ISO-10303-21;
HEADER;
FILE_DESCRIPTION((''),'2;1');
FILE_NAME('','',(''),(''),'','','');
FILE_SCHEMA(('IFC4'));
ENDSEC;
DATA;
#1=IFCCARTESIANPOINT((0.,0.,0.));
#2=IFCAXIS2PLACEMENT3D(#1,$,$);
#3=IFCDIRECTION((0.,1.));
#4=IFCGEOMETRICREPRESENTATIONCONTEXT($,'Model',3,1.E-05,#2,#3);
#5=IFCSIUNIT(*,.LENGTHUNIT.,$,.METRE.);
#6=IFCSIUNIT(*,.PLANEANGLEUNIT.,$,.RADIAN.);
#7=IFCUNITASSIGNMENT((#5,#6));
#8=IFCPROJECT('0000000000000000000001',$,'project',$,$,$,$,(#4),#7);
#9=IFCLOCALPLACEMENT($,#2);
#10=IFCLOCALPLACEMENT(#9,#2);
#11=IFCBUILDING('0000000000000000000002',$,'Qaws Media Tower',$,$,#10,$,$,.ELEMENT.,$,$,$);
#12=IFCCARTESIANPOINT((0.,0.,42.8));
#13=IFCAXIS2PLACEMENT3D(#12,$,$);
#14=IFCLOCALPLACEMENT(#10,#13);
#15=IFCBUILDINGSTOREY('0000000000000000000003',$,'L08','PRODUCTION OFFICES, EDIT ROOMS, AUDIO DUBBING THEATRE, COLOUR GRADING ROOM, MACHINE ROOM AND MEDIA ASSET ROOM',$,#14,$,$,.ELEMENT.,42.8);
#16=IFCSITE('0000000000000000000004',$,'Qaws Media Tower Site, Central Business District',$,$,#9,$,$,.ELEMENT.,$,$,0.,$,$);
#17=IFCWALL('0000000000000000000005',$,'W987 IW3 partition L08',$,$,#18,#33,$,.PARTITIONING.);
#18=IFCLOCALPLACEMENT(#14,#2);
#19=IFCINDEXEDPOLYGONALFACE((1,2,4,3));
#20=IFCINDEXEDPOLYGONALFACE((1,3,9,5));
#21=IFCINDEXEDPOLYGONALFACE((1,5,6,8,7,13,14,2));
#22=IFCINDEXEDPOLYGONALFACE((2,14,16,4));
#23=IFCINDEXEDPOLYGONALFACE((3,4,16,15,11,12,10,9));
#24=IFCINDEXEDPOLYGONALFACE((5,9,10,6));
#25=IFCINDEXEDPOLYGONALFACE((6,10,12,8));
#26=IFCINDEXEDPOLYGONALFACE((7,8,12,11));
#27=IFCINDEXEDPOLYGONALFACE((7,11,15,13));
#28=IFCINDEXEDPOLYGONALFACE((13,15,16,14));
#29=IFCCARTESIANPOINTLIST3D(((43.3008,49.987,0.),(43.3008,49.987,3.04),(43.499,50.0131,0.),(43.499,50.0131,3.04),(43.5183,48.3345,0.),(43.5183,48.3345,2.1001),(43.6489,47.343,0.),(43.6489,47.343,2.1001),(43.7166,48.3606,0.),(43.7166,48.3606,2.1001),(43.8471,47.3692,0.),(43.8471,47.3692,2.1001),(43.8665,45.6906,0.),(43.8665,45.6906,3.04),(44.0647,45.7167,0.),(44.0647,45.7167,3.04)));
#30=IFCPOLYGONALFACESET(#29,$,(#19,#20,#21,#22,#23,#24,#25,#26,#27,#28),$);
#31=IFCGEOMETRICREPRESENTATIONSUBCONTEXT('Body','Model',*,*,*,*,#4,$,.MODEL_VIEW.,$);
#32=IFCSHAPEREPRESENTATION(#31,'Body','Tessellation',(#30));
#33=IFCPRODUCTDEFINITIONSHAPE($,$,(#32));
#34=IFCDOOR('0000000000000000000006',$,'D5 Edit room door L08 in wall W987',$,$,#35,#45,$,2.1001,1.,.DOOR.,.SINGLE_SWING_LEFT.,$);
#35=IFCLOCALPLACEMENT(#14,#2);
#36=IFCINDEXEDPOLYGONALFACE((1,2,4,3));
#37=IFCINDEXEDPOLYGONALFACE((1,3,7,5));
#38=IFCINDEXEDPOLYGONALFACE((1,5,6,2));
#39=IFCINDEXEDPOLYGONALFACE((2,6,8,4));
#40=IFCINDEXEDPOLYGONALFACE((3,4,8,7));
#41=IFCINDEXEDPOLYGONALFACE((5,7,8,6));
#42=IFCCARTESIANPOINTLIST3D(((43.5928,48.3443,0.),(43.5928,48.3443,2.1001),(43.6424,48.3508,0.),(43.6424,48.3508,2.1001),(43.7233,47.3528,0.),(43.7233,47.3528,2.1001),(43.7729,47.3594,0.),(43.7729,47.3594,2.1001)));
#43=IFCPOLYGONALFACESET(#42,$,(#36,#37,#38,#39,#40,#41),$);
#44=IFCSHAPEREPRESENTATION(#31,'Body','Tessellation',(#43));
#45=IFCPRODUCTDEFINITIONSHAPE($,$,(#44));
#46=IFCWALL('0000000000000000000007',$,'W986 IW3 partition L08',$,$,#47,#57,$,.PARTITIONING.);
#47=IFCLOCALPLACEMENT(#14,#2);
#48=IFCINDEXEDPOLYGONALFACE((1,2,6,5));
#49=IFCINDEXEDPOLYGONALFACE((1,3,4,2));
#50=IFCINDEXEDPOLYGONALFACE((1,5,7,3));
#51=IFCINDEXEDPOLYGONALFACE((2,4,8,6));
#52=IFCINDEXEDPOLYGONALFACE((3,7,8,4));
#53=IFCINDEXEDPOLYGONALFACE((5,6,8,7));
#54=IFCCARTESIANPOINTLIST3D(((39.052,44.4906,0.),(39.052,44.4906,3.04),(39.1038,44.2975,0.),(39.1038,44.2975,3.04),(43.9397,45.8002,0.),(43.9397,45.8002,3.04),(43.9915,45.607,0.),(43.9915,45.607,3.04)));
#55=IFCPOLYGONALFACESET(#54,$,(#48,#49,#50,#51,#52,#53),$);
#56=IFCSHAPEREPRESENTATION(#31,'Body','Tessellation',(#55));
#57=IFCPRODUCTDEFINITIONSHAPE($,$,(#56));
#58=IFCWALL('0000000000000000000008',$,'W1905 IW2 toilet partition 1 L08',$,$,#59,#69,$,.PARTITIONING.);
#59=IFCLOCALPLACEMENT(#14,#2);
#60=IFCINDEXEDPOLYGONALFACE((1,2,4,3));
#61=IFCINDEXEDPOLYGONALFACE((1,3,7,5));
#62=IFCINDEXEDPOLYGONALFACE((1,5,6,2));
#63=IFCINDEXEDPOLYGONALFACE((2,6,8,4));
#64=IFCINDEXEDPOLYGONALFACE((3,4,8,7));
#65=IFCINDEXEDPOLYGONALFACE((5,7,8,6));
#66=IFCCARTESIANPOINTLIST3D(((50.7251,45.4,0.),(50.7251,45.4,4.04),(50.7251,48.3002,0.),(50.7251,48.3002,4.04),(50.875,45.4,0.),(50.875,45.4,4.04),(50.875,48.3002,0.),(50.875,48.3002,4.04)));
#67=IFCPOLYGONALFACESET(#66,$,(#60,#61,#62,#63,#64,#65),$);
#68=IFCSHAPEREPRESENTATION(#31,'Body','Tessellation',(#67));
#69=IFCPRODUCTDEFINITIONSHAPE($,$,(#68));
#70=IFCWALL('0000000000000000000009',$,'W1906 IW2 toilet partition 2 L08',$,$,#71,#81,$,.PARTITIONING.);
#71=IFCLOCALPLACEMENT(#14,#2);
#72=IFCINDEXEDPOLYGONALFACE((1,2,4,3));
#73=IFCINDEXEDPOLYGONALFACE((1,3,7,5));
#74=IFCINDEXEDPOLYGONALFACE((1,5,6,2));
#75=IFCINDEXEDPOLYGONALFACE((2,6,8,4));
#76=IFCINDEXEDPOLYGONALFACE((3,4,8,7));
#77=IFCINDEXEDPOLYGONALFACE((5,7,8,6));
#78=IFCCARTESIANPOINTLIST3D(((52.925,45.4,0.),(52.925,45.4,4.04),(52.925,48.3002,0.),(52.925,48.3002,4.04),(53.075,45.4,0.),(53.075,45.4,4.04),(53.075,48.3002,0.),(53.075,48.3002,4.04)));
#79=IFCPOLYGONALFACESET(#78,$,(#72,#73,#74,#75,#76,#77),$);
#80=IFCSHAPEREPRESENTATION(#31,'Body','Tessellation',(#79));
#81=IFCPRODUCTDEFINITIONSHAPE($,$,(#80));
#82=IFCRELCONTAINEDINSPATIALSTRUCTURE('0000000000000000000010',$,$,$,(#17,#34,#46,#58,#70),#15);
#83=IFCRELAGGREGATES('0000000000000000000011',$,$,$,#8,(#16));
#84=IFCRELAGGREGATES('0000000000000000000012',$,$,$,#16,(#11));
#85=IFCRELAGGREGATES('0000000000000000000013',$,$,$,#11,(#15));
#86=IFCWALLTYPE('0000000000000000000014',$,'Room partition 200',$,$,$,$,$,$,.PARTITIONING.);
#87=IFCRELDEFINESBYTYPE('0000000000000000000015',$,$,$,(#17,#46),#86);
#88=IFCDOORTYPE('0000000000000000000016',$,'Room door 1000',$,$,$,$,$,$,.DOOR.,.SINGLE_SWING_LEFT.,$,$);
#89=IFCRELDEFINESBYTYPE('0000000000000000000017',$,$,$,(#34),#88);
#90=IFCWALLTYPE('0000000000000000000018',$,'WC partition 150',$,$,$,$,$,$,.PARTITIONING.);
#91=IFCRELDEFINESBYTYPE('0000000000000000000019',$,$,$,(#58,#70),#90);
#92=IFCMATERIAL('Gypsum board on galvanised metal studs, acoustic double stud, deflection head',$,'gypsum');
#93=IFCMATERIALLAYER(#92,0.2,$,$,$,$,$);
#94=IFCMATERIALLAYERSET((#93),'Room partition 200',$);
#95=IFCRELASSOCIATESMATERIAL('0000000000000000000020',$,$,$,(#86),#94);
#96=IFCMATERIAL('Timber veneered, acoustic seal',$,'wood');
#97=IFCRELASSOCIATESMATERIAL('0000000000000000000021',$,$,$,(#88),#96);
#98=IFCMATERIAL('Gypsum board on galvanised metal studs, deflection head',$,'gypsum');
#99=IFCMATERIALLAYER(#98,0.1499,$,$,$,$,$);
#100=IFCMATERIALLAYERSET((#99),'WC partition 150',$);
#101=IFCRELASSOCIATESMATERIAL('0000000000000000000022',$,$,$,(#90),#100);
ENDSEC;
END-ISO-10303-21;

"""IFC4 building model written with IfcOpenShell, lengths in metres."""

from ifc_helpers import new_model, si_unit, direction, frame, frame_2d, origin, place, context, subcontext, project, spatial, rectangle, extrude, material, layer, layer_set, type_object, element, fill, save


model = new_model("IFC4")

# Units and contexts
model_context = context("Model", 3, precision=1e-05, world=origin(), true_north=direction((0.0, 1.0)))
body_context = subcontext(model_context, "Body", "Model", "MODEL_VIEW")
ifc_project = project(units=[si_unit("LENGTHUNIT", "METRE"), si_unit("PLANEANGLEUNIT", "RADIAN")], contexts=[model_context])

# Site, building, storey
site_placement = place(None, origin())
site = spatial("IfcSite", under=ifc_project, at=site_placement, Name="Qaws Media Tower Site, Central Business District", CompositionType="ELEMENT", RefElevation=0.0)
building_placement = place(site_placement, origin())
building = spatial("IfcBuilding", under=site, at=building_placement, Name="Qaws Media Tower", CompositionType="ELEMENT")
storey_placement = place(building_placement, frame((0.0, 0.0, 42.8)))
storey = spatial("IfcBuildingStorey", under=building, at=storey_placement, Name="L08", Description="PRODUCTION OFFICES, EDIT ROOMS, AUDIO DUBBING THEATRE, COLOUR GRADING ROOM, MACHINE ROOM AND MEDIA ASSET ROOM", CompositionType="ELEMENT", Elevation=42.8)

# Wall, opening, door
ifc_material_1 = material(Name="Gypsum board on galvanised metal studs, acoustic double stud, deflection head", Category="gypsum")
ifc_layer_1 = layer(ifc_material_1, 0.2)
ifc_layer_set_1 = layer_set([ifc_layer_1], Name="Room partition 200")
wall_type_1 = type_object("IfcWallType", Name="Room partition 200", PredefinedType="PARTITIONING", material=ifc_layer_set_1)
wall_1_placement = place(storey_placement, frame((43.9656, 45.7036, 0.0), z_axis=(0.0, 0.0, 1.0), x_axis=(-0.130536, 0.991444, 0.0)))
wall_1 = element("IfcWall", 1, at=wall_1_placement, inside=storey, type_object=wall_type_1, Name="W987 IW3 partition L08", PredefinedType="PARTITIONING", context=body_context, shape_type="SweptSolid", body=[
    extrude(rectangle(XDim=4.3335, YDim=0.2, at=frame_2d((2.1667, 0.0))), origin(), (0.0, 0.0, 1.0), 3.04),
])
opening_1_placement = place(wall_1_placement, frame((1.6667, 0.0, 0.0)))
opening_1 = element("IfcOpeningElement", 2, at=opening_1_placement, cuts=wall_1, PredefinedType="OPENING", context=body_context, shape_type="SweptSolid", body=[
    extrude(rectangle(XDim=1.0, YDim=2.1001, at=frame_2d((0.5, 1.05))), frame((0.0, 0.1099, 0.0), z_axis=(0.0, -1.0, 0.0), x_axis=(1.0, 0.0, 0.0)), (0.0, 0.0, 1.0), 0.22),
])
ifc_material_2 = material(Name="Timber veneered, acoustic seal", Category="wood")
door_type_1 = type_object("IfcDoorType", Name="Room door 1000", OperationType="SINGLE_SWING_LEFT", PredefinedType="DOOR", material=ifc_material_2)
door_1_placement = place(opening_1_placement, origin())
door_1 = element("IfcDoor", 3, at=door_1_placement, inside=storey, type_object=door_type_1, Name="D5 Edit room door L08 in wall W987", OperationType="SINGLE_SWING_LEFT", OverallHeight=2.1001, OverallWidth=1.0, PredefinedType="DOOR", context=body_context, shape_type="SweptSolid", body=[
    extrude(rectangle(XDim=1.0, YDim=2.1001, at=frame_2d((0.5, 1.05))), frame((0.0, 0.0249, 0.0), z_axis=(0.0, -1.0, 0.0), x_axis=(1.0, 0.0, 0.0)), (0.0, 0.0, 1.0), 0.05),
])
fill(opening_1, door_1)

# Walls
wall_2_placement = place(storey_placement, frame((43.9656, 45.7036, 0.0), z_axis=(0.0, 0.0, 1.0), x_axis=(-0.96593, -0.258804, 0.0)))
element("IfcWall", 4, at=wall_2_placement, inside=storey, type_object=wall_type_1, Name="W986 IW3 partition L08", PredefinedType="PARTITIONING", context=body_context, shape_type="SweptSolid", body=[
    extrude(rectangle(XDim=5.0601, YDim=0.2, at=frame_2d((2.53, 0.0))), origin(), (0.0, 0.0, 1.0), 3.04),
])
ifc_material_3 = material(Name="Gypsum board on galvanised metal studs, deflection head", Category="gypsum")
ifc_layer_2 = layer(ifc_material_3, 0.1499)
ifc_layer_set_2 = layer_set([ifc_layer_2], Name="WC partition 150")
wall_type_2 = type_object("IfcWallType", Name="WC partition 150", PredefinedType="PARTITIONING", material=ifc_layer_set_2)
for number, where, z_axis, x_axis, name in (
    (5, (50.8, 45.3999, 0.0), (0.0, 0.0, 1.0), (0.0, 1.0, 0.0), "W1905 IW2 toilet partition 1 L08"),
    (6, (53.0, 45.3999, 0.0), (0.0, 0.0, 1.0), (0.0, 1.0, 0.0), "W1906 IW2 toilet partition 2 L08"),
):
    element("IfcWall", number, at=place(storey_placement, frame(where, z_axis=z_axis, x_axis=x_axis)), inside=storey, type_object=wall_type_2, Name=name, PredefinedType="PARTITIONING", context=body_context, shape_type="SweptSolid", body=[
        extrude(rectangle(XDim=2.9001, YDim=0.1499, at=frame_2d((1.4502, 0.0))), origin(), (0.0, 0.0, 1.0), 4.04),
    ])

save(model, "model.ifc")
